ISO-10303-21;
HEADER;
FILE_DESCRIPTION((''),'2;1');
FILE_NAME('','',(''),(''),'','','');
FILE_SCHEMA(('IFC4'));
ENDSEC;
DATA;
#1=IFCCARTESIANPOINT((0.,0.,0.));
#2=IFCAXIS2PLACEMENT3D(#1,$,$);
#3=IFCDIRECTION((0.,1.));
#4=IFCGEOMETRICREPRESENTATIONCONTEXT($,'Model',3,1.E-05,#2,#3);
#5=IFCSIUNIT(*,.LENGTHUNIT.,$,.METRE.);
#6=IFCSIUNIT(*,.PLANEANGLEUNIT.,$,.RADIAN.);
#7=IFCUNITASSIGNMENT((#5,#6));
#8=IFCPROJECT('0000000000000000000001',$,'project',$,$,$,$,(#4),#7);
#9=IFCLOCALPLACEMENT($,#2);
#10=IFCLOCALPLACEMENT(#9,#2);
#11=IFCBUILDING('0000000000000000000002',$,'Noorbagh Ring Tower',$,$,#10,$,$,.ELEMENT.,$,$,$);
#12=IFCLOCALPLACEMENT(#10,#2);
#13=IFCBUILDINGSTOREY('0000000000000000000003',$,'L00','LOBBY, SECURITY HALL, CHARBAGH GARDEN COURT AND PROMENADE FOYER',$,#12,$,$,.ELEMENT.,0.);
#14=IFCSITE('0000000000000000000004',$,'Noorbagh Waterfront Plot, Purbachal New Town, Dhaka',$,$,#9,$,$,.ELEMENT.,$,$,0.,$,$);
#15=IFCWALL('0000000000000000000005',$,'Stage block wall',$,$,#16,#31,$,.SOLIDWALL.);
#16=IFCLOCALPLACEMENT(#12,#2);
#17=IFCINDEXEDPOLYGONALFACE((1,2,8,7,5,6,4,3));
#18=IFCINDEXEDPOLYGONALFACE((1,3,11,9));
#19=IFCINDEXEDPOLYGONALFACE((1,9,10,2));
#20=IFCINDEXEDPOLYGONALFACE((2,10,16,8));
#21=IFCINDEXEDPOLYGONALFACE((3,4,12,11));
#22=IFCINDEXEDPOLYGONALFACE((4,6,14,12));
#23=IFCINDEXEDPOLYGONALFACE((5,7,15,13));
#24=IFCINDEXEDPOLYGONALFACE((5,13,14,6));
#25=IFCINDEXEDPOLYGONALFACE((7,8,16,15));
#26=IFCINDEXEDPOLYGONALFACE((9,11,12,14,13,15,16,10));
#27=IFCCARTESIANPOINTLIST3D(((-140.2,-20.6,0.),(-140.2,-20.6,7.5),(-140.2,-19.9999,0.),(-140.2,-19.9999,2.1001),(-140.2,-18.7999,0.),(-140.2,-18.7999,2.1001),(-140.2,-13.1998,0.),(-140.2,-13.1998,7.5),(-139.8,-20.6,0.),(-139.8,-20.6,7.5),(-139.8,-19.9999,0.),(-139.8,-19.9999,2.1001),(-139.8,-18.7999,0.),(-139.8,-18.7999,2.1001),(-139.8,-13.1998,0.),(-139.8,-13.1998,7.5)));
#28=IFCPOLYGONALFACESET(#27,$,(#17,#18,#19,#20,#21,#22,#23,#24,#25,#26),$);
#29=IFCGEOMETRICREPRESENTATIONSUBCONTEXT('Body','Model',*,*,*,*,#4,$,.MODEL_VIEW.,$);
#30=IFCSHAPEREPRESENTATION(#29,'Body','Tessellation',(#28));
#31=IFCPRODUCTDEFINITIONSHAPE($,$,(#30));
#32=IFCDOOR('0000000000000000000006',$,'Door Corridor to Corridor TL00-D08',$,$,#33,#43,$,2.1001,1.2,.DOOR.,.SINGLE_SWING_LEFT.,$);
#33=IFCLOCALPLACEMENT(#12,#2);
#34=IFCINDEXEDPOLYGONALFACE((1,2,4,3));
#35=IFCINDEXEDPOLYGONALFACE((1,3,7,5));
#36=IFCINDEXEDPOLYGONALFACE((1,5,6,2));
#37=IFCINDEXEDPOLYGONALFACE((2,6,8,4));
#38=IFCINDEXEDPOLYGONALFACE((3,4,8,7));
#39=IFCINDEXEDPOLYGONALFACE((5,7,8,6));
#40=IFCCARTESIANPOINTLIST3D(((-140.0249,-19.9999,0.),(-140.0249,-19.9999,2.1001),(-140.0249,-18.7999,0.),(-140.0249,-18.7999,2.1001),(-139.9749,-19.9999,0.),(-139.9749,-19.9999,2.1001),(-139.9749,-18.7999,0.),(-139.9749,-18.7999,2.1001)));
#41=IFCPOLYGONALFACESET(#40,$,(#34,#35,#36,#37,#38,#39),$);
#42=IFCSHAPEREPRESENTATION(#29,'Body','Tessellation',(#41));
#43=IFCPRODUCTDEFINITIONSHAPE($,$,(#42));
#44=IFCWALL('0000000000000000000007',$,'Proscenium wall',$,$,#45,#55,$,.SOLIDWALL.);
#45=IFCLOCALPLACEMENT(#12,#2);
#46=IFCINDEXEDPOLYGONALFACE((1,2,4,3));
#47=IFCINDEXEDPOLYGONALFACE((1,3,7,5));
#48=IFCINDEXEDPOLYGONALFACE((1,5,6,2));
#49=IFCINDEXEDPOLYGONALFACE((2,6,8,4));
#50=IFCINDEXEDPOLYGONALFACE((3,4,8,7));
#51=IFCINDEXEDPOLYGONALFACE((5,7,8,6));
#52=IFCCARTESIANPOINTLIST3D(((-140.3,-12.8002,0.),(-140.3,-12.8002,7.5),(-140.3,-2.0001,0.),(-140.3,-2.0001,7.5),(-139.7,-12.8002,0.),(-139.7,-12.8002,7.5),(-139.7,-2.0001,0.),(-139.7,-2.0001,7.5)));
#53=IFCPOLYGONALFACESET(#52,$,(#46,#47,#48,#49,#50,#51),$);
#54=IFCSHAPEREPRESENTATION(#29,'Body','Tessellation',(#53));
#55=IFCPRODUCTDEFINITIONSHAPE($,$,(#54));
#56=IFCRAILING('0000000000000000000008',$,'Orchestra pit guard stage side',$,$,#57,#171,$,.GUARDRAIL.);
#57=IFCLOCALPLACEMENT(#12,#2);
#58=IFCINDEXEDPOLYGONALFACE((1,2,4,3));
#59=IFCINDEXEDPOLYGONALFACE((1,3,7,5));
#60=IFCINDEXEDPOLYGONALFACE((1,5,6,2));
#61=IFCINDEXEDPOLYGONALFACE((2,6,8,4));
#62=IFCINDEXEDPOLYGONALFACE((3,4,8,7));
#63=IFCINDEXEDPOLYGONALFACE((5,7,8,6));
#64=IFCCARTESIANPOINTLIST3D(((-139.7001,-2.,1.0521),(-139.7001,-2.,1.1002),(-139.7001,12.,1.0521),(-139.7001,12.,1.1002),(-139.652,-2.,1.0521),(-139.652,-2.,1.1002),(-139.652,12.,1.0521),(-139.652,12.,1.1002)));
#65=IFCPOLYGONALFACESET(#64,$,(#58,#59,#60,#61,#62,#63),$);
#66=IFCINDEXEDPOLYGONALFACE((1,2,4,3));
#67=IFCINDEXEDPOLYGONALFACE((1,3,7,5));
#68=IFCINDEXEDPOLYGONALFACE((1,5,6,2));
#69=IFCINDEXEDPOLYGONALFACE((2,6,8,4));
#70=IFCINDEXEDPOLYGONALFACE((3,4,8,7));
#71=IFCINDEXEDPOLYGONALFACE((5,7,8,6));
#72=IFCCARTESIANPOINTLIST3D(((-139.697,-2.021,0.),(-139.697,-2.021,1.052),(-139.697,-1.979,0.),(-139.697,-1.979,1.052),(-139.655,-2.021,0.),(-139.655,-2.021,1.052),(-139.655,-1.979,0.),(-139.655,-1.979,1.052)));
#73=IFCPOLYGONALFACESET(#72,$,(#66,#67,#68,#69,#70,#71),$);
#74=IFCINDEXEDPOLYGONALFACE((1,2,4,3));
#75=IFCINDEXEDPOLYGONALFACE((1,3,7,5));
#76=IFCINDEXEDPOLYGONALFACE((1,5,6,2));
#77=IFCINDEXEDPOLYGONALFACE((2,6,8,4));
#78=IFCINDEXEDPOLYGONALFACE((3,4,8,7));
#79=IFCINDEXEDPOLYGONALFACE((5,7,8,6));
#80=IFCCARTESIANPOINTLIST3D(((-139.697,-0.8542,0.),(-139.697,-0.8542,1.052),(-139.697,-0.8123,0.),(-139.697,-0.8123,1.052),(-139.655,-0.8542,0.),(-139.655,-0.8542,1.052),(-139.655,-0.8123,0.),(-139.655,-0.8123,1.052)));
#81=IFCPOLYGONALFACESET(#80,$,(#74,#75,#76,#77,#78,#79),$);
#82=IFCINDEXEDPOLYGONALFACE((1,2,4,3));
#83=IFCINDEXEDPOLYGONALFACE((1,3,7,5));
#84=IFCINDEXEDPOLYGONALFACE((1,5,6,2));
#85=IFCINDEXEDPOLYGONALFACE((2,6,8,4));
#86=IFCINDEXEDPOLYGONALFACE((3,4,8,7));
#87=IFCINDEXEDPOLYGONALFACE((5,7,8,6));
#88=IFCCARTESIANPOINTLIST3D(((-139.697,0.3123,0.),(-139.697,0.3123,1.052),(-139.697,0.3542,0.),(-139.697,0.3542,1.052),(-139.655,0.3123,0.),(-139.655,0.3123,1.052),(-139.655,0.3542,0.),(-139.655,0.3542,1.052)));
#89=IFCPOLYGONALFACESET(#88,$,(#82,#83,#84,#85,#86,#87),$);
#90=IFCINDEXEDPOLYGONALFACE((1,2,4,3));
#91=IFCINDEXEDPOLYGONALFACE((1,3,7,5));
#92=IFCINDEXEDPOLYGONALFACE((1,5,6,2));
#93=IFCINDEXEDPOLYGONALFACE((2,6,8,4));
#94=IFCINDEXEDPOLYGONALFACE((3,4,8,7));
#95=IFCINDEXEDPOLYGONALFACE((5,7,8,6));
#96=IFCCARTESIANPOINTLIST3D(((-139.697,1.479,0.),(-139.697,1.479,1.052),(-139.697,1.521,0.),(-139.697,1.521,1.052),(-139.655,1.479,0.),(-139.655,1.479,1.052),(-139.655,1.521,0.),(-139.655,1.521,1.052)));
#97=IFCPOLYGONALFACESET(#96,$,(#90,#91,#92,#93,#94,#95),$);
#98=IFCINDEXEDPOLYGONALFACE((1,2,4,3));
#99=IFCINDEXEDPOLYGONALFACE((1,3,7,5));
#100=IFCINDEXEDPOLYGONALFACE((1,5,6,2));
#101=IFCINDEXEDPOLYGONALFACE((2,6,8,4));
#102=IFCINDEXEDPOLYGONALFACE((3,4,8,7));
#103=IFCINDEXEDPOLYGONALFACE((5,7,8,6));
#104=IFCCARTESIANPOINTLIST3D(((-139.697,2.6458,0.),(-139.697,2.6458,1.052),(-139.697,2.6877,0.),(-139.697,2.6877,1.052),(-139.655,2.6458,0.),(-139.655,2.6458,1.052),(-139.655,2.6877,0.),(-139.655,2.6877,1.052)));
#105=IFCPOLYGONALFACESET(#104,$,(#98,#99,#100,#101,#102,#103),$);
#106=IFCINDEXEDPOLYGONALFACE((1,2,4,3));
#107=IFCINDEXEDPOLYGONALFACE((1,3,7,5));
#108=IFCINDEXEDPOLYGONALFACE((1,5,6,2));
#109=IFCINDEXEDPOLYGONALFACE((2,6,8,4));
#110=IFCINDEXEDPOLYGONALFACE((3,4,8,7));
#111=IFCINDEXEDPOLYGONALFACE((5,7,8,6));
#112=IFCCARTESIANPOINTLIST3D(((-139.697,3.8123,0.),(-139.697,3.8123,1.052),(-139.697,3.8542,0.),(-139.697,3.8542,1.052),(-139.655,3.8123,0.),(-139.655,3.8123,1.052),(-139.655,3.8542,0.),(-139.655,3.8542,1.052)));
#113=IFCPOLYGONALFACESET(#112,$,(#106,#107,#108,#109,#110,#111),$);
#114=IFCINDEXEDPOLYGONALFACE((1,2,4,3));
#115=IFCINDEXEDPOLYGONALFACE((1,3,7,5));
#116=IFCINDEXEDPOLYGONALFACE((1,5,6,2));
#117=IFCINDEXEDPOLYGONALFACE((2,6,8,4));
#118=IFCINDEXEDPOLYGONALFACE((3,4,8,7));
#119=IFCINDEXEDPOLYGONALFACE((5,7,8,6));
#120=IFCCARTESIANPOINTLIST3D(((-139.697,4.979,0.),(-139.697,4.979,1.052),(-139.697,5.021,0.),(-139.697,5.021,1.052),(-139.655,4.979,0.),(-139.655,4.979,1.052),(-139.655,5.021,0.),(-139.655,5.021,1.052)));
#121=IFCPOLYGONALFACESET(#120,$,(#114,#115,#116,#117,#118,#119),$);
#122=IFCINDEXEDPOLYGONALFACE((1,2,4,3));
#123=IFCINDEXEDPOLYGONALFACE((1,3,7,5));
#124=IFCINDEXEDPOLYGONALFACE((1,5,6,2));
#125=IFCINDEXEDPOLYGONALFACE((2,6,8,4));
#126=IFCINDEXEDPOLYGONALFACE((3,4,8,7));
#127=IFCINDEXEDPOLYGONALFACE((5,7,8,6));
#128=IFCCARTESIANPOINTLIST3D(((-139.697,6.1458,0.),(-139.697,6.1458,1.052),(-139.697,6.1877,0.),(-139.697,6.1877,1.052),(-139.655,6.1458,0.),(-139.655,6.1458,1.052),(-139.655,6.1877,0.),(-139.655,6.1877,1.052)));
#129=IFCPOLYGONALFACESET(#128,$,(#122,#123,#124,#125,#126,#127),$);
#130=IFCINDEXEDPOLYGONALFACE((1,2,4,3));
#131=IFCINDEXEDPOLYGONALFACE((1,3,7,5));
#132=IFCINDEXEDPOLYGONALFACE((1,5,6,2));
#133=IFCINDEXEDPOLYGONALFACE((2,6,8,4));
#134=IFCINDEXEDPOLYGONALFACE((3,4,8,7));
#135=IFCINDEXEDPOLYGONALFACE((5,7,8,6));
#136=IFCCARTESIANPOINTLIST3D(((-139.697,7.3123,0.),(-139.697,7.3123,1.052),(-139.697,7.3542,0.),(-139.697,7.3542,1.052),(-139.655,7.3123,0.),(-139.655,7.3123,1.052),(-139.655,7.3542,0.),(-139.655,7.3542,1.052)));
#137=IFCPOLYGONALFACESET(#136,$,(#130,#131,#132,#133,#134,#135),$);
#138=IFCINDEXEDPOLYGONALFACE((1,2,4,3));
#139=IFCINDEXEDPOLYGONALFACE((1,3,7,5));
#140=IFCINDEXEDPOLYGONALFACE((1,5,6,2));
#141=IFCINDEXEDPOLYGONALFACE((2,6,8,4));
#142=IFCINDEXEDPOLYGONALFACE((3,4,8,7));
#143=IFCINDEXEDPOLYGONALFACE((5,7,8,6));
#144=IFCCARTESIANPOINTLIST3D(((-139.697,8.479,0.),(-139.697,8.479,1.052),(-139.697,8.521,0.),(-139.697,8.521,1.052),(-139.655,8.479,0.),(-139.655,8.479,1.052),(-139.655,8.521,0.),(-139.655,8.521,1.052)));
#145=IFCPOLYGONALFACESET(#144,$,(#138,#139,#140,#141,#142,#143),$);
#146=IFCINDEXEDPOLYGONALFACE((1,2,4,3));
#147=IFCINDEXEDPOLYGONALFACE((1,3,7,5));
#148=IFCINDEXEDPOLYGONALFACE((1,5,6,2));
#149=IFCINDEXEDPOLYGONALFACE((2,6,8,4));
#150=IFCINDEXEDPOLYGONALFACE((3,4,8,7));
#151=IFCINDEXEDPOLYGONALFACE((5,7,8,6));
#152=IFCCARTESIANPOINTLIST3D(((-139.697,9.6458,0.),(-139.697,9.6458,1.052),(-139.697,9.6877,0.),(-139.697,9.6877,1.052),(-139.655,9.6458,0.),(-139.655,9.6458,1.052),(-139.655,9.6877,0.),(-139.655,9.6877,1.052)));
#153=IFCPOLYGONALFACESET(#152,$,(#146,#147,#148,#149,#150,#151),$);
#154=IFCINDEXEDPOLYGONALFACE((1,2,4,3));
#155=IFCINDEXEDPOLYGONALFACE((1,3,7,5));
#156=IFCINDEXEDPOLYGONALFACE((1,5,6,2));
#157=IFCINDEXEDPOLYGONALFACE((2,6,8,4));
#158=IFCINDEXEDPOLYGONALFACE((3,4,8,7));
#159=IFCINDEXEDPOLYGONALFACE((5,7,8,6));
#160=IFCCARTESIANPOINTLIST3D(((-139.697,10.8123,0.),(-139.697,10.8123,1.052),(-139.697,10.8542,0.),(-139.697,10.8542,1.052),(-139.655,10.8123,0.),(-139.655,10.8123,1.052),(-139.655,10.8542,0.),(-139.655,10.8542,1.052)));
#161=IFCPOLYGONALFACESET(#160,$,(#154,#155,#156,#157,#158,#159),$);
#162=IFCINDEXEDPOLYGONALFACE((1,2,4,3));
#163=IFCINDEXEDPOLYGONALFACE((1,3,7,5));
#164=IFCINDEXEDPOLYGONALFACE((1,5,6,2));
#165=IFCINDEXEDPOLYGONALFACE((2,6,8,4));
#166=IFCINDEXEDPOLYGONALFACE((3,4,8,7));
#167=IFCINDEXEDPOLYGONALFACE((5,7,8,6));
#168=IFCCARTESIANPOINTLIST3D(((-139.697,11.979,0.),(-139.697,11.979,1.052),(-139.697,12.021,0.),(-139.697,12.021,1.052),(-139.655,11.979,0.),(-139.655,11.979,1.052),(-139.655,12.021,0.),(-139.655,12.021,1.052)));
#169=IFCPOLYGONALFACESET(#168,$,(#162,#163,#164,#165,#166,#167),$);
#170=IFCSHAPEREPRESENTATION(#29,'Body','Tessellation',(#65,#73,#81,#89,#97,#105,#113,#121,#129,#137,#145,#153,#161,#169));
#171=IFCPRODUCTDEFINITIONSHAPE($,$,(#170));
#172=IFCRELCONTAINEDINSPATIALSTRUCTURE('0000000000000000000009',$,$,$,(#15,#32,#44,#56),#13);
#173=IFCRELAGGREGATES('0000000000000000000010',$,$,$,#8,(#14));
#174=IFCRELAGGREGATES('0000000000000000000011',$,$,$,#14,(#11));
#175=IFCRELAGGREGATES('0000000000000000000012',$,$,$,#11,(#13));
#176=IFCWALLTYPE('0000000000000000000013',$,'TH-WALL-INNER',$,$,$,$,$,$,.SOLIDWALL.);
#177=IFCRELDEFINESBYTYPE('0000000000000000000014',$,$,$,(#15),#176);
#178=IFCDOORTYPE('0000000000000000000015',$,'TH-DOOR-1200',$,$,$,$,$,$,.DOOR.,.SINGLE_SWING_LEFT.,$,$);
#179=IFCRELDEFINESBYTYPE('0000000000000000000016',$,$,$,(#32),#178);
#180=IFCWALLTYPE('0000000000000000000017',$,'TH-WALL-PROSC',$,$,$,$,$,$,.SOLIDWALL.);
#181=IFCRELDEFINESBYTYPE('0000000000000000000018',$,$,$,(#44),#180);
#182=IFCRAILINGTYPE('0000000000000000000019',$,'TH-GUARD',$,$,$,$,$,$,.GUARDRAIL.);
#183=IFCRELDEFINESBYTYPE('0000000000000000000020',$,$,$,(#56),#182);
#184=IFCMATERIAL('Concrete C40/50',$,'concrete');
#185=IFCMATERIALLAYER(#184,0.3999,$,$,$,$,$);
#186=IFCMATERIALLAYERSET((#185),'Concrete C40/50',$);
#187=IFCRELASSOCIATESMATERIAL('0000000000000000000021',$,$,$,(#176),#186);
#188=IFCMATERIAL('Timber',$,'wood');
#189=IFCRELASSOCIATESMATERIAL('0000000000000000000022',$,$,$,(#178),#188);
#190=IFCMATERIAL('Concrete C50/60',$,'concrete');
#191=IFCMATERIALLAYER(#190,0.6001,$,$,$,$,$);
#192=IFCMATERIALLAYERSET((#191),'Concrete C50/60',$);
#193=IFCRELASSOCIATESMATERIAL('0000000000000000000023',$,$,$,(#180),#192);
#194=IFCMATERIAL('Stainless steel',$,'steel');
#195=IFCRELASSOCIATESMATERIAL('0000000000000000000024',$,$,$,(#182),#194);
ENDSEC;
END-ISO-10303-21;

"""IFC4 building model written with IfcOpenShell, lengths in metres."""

from ifc_helpers import new_model, si_unit, direction, frame, frame_2d, origin, origin_2d, place, context, subcontext, project, spatial, rectangle, extrude, material, layer, layer_set, type_object, element, fill, save


model = new_model("IFC4")

# Units and contexts
model_context = context("Model", 3, precision=1e-05, world=origin(), true_north=direction((0.0, 1.0)))
body_context = subcontext(model_context, "Body", "Model", "MODEL_VIEW")
ifc_project = project(units=[si_unit("LENGTHUNIT", "METRE"), si_unit("PLANEANGLEUNIT", "RADIAN")], contexts=[model_context])

# Site, building, storey
site_placement = place(None, origin())
site = spatial("IfcSite", under=ifc_project, at=site_placement, Name="Noorbagh Waterfront Plot, Purbachal New Town, Dhaka", CompositionType="ELEMENT", RefElevation=0.0)
building_placement = place(site_placement, origin())
building = spatial("IfcBuilding", under=site, at=building_placement, Name="Noorbagh Ring Tower", CompositionType="ELEMENT")
storey_placement = place(building_placement, origin())
storey = spatial("IfcBuildingStorey", under=building, at=storey_placement, Name="L00", Description="LOBBY, SECURITY HALL, CHARBAGH GARDEN COURT AND PROMENADE FOYER", CompositionType="ELEMENT", Elevation=0.0)

# Wall, opening, door
ifc_material_1 = material(Name="Concrete C40/50", Category="concrete")
ifc_layer_1 = layer(ifc_material_1, 0.3999)
ifc_layer_set_1 = layer_set([ifc_layer_1], Name="Concrete C40/50")
wall_type_1 = type_object("IfcWallType", Name="TH-WALL-INNER", PredefinedType="SOLIDWALL", material=ifc_layer_set_1)
wall_1_placement = place(storey_placement, frame((-140.0, -20.6001, 0.0), z_axis=(0.0, 0.0, 1.0), x_axis=(0.0, 1.0, 0.0)))
wall_1 = element("IfcWall", 1, at=wall_1_placement, inside=storey, type_object=wall_type_1, Name="Stage block wall", PredefinedType="SOLIDWALL", context=body_context, shape_type="SweptSolid", body=[
    extrude(rectangle(XDim=7.4001, YDim=0.3999, at=frame_2d((3.7002, 0.0))), origin(), (0.0, 0.0, 1.0), 7.5),
])
opening_1_placement = place(wall_1_placement, frame((0.6001, 0.0, 0.0)))
opening_1 = element("IfcOpeningElement", 2, at=opening_1_placement, cuts=wall_1, PredefinedType="OPENING", context=body_context, shape_type="SweptSolid", body=[
    extrude(rectangle(XDim=1.2, YDim=2.1001, at=frame_2d((0.6001, 1.05))), frame((0.0, 0.21, 0.0), z_axis=(0.0, -1.0, 0.0), x_axis=(1.0, 0.0, 0.0)), (0.0, 0.0, 1.0), 0.4199),
])
ifc_material_2 = material(Name="Timber", Category="wood")
door_type_1 = type_object("IfcDoorType", Name="TH-DOOR-1200", OperationType="SINGLE_SWING_LEFT", PredefinedType="DOOR", material=ifc_material_2)
door_1_placement = place(opening_1_placement, origin())
door_1 = element("IfcDoor", 3, at=door_1_placement, inside=storey, type_object=door_type_1, Name="Door Corridor to Corridor TL00-D08", OperationType="SINGLE_SWING_LEFT", OverallHeight=2.1001, OverallWidth=1.2, PredefinedType="DOOR", context=body_context, shape_type="SweptSolid", body=[
    extrude(rectangle(XDim=1.2, YDim=2.1001, at=frame_2d((0.6001, 1.05))), frame((0.0, 0.0249, 0.0), z_axis=(0.0, -1.0, 0.0), x_axis=(1.0, 0.0, 0.0)), (0.0, 0.0, 1.0), 0.05),
])
fill(opening_1, door_1)

# Wall
ifc_material_3 = material(Name="Concrete C50/60", Category="concrete")
ifc_layer_2 = layer(ifc_material_3, 0.6001)
ifc_layer_set_2 = layer_set([ifc_layer_2], Name="Concrete C50/60")
wall_type_2 = type_object("IfcWallType", Name="TH-WALL-PROSC", PredefinedType="SOLIDWALL", material=ifc_layer_set_2)
wall_2_placement = place(storey_placement, frame((-140.0, -12.8, 0.0), z_axis=(0.0, 0.0, 1.0), x_axis=(0.0, 1.0, 0.0)))
element("IfcWall", 4, at=wall_2_placement, inside=storey, type_object=wall_type_2, Name="Proscenium wall", PredefinedType="SOLIDWALL", context=body_context, shape_type="SweptSolid", body=[
    extrude(rectangle(XDim=10.8, YDim=0.6001, at=frame_2d((5.3999, 0.0))), origin(), (0.0, 0.0, 1.0), 7.5),
])

# Railing
ifc_material_4 = material(Name="Stainless steel", Category="steel")
railing_type = type_object("IfcRailingType", Name="TH-GUARD", PredefinedType="GUARDRAIL", material=ifc_material_4)
railing_1_placement = place(storey_placement, frame((-139.676, -2.0, 0.0)))
element("IfcRailing", 5, at=railing_1_placement, inside=storey, type_object=railing_type, Name="Orchestra pit guard stage side", PredefinedType="GUARDRAIL", context=body_context, shape_type="SweptSolid", body=[
    extrude(rectangle(XDim=0.0481, YDim=0.0481, at=origin_2d()), frame((0.0, 0.0, 1.0762), z_axis=(0.0, 1.0, 0.0), x_axis=(-1.0, 0.0, 0.0)), (0.0, 0.0, 1.0), 14.0),
    extrude(rectangle(XDim=0.042, YDim=0.042, at=origin_2d()), origin(), (0.0, 0.0, 1.0), 1.052),
    extrude(rectangle(XDim=0.042, YDim=0.042, at=origin_2d()), frame((0.0, 1.1667, 0.0)), (0.0, 0.0, 1.0), 1.052),
    extrude(rectangle(XDim=0.042, YDim=0.042, at=origin_2d()), frame((0.0, 2.3333, 0.0)), (0.0, 0.0, 1.0), 1.052),
    extrude(rectangle(XDim=0.042, YDim=0.042, at=origin_2d()), frame((0.0, 3.5, 0.0)), (0.0, 0.0, 1.0), 1.052),
    extrude(rectangle(XDim=0.042, YDim=0.042, at=origin_2d()), frame((0.0, 4.6667, 0.0)), (0.0, 0.0, 1.0), 1.052),
    extrude(rectangle(XDim=0.042, YDim=0.042, at=origin_2d()), frame((0.0, 5.8333, 0.0)), (0.0, 0.0, 1.0), 1.052),
    extrude(rectangle(XDim=0.042, YDim=0.042, at=origin_2d()), frame((0.0, 7.0, 0.0)), (0.0, 0.0, 1.0), 1.052),
    extrude(rectangle(XDim=0.042, YDim=0.042, at=origin_2d()), frame((0.0, 8.1667, 0.0)), (0.0, 0.0, 1.0), 1.052),
    extrude(rectangle(XDim=0.042, YDim=0.042, at=origin_2d()), frame((0.0, 9.3333, 0.0)), (0.0, 0.0, 1.0), 1.052),
    extrude(rectangle(XDim=0.042, YDim=0.042, at=origin_2d()), frame((0.0, 10.5, 0.0)), (0.0, 0.0, 1.0), 1.052),
    extrude(rectangle(XDim=0.042, YDim=0.042, at=origin_2d()), frame((0.0, 11.6667, 0.0)), (0.0, 0.0, 1.0), 1.052),
    extrude(rectangle(XDim=0.042, YDim=0.042, at=origin_2d()), frame((0.0, 12.8333, 0.0)), (0.0, 0.0, 1.0), 1.052),
    extrude(rectangle(XDim=0.042, YDim=0.042, at=origin_2d()), frame((0.0, 14.0, 0.0)), (0.0, 0.0, 1.0), 1.052),
])

save(model, "model.ifc")
